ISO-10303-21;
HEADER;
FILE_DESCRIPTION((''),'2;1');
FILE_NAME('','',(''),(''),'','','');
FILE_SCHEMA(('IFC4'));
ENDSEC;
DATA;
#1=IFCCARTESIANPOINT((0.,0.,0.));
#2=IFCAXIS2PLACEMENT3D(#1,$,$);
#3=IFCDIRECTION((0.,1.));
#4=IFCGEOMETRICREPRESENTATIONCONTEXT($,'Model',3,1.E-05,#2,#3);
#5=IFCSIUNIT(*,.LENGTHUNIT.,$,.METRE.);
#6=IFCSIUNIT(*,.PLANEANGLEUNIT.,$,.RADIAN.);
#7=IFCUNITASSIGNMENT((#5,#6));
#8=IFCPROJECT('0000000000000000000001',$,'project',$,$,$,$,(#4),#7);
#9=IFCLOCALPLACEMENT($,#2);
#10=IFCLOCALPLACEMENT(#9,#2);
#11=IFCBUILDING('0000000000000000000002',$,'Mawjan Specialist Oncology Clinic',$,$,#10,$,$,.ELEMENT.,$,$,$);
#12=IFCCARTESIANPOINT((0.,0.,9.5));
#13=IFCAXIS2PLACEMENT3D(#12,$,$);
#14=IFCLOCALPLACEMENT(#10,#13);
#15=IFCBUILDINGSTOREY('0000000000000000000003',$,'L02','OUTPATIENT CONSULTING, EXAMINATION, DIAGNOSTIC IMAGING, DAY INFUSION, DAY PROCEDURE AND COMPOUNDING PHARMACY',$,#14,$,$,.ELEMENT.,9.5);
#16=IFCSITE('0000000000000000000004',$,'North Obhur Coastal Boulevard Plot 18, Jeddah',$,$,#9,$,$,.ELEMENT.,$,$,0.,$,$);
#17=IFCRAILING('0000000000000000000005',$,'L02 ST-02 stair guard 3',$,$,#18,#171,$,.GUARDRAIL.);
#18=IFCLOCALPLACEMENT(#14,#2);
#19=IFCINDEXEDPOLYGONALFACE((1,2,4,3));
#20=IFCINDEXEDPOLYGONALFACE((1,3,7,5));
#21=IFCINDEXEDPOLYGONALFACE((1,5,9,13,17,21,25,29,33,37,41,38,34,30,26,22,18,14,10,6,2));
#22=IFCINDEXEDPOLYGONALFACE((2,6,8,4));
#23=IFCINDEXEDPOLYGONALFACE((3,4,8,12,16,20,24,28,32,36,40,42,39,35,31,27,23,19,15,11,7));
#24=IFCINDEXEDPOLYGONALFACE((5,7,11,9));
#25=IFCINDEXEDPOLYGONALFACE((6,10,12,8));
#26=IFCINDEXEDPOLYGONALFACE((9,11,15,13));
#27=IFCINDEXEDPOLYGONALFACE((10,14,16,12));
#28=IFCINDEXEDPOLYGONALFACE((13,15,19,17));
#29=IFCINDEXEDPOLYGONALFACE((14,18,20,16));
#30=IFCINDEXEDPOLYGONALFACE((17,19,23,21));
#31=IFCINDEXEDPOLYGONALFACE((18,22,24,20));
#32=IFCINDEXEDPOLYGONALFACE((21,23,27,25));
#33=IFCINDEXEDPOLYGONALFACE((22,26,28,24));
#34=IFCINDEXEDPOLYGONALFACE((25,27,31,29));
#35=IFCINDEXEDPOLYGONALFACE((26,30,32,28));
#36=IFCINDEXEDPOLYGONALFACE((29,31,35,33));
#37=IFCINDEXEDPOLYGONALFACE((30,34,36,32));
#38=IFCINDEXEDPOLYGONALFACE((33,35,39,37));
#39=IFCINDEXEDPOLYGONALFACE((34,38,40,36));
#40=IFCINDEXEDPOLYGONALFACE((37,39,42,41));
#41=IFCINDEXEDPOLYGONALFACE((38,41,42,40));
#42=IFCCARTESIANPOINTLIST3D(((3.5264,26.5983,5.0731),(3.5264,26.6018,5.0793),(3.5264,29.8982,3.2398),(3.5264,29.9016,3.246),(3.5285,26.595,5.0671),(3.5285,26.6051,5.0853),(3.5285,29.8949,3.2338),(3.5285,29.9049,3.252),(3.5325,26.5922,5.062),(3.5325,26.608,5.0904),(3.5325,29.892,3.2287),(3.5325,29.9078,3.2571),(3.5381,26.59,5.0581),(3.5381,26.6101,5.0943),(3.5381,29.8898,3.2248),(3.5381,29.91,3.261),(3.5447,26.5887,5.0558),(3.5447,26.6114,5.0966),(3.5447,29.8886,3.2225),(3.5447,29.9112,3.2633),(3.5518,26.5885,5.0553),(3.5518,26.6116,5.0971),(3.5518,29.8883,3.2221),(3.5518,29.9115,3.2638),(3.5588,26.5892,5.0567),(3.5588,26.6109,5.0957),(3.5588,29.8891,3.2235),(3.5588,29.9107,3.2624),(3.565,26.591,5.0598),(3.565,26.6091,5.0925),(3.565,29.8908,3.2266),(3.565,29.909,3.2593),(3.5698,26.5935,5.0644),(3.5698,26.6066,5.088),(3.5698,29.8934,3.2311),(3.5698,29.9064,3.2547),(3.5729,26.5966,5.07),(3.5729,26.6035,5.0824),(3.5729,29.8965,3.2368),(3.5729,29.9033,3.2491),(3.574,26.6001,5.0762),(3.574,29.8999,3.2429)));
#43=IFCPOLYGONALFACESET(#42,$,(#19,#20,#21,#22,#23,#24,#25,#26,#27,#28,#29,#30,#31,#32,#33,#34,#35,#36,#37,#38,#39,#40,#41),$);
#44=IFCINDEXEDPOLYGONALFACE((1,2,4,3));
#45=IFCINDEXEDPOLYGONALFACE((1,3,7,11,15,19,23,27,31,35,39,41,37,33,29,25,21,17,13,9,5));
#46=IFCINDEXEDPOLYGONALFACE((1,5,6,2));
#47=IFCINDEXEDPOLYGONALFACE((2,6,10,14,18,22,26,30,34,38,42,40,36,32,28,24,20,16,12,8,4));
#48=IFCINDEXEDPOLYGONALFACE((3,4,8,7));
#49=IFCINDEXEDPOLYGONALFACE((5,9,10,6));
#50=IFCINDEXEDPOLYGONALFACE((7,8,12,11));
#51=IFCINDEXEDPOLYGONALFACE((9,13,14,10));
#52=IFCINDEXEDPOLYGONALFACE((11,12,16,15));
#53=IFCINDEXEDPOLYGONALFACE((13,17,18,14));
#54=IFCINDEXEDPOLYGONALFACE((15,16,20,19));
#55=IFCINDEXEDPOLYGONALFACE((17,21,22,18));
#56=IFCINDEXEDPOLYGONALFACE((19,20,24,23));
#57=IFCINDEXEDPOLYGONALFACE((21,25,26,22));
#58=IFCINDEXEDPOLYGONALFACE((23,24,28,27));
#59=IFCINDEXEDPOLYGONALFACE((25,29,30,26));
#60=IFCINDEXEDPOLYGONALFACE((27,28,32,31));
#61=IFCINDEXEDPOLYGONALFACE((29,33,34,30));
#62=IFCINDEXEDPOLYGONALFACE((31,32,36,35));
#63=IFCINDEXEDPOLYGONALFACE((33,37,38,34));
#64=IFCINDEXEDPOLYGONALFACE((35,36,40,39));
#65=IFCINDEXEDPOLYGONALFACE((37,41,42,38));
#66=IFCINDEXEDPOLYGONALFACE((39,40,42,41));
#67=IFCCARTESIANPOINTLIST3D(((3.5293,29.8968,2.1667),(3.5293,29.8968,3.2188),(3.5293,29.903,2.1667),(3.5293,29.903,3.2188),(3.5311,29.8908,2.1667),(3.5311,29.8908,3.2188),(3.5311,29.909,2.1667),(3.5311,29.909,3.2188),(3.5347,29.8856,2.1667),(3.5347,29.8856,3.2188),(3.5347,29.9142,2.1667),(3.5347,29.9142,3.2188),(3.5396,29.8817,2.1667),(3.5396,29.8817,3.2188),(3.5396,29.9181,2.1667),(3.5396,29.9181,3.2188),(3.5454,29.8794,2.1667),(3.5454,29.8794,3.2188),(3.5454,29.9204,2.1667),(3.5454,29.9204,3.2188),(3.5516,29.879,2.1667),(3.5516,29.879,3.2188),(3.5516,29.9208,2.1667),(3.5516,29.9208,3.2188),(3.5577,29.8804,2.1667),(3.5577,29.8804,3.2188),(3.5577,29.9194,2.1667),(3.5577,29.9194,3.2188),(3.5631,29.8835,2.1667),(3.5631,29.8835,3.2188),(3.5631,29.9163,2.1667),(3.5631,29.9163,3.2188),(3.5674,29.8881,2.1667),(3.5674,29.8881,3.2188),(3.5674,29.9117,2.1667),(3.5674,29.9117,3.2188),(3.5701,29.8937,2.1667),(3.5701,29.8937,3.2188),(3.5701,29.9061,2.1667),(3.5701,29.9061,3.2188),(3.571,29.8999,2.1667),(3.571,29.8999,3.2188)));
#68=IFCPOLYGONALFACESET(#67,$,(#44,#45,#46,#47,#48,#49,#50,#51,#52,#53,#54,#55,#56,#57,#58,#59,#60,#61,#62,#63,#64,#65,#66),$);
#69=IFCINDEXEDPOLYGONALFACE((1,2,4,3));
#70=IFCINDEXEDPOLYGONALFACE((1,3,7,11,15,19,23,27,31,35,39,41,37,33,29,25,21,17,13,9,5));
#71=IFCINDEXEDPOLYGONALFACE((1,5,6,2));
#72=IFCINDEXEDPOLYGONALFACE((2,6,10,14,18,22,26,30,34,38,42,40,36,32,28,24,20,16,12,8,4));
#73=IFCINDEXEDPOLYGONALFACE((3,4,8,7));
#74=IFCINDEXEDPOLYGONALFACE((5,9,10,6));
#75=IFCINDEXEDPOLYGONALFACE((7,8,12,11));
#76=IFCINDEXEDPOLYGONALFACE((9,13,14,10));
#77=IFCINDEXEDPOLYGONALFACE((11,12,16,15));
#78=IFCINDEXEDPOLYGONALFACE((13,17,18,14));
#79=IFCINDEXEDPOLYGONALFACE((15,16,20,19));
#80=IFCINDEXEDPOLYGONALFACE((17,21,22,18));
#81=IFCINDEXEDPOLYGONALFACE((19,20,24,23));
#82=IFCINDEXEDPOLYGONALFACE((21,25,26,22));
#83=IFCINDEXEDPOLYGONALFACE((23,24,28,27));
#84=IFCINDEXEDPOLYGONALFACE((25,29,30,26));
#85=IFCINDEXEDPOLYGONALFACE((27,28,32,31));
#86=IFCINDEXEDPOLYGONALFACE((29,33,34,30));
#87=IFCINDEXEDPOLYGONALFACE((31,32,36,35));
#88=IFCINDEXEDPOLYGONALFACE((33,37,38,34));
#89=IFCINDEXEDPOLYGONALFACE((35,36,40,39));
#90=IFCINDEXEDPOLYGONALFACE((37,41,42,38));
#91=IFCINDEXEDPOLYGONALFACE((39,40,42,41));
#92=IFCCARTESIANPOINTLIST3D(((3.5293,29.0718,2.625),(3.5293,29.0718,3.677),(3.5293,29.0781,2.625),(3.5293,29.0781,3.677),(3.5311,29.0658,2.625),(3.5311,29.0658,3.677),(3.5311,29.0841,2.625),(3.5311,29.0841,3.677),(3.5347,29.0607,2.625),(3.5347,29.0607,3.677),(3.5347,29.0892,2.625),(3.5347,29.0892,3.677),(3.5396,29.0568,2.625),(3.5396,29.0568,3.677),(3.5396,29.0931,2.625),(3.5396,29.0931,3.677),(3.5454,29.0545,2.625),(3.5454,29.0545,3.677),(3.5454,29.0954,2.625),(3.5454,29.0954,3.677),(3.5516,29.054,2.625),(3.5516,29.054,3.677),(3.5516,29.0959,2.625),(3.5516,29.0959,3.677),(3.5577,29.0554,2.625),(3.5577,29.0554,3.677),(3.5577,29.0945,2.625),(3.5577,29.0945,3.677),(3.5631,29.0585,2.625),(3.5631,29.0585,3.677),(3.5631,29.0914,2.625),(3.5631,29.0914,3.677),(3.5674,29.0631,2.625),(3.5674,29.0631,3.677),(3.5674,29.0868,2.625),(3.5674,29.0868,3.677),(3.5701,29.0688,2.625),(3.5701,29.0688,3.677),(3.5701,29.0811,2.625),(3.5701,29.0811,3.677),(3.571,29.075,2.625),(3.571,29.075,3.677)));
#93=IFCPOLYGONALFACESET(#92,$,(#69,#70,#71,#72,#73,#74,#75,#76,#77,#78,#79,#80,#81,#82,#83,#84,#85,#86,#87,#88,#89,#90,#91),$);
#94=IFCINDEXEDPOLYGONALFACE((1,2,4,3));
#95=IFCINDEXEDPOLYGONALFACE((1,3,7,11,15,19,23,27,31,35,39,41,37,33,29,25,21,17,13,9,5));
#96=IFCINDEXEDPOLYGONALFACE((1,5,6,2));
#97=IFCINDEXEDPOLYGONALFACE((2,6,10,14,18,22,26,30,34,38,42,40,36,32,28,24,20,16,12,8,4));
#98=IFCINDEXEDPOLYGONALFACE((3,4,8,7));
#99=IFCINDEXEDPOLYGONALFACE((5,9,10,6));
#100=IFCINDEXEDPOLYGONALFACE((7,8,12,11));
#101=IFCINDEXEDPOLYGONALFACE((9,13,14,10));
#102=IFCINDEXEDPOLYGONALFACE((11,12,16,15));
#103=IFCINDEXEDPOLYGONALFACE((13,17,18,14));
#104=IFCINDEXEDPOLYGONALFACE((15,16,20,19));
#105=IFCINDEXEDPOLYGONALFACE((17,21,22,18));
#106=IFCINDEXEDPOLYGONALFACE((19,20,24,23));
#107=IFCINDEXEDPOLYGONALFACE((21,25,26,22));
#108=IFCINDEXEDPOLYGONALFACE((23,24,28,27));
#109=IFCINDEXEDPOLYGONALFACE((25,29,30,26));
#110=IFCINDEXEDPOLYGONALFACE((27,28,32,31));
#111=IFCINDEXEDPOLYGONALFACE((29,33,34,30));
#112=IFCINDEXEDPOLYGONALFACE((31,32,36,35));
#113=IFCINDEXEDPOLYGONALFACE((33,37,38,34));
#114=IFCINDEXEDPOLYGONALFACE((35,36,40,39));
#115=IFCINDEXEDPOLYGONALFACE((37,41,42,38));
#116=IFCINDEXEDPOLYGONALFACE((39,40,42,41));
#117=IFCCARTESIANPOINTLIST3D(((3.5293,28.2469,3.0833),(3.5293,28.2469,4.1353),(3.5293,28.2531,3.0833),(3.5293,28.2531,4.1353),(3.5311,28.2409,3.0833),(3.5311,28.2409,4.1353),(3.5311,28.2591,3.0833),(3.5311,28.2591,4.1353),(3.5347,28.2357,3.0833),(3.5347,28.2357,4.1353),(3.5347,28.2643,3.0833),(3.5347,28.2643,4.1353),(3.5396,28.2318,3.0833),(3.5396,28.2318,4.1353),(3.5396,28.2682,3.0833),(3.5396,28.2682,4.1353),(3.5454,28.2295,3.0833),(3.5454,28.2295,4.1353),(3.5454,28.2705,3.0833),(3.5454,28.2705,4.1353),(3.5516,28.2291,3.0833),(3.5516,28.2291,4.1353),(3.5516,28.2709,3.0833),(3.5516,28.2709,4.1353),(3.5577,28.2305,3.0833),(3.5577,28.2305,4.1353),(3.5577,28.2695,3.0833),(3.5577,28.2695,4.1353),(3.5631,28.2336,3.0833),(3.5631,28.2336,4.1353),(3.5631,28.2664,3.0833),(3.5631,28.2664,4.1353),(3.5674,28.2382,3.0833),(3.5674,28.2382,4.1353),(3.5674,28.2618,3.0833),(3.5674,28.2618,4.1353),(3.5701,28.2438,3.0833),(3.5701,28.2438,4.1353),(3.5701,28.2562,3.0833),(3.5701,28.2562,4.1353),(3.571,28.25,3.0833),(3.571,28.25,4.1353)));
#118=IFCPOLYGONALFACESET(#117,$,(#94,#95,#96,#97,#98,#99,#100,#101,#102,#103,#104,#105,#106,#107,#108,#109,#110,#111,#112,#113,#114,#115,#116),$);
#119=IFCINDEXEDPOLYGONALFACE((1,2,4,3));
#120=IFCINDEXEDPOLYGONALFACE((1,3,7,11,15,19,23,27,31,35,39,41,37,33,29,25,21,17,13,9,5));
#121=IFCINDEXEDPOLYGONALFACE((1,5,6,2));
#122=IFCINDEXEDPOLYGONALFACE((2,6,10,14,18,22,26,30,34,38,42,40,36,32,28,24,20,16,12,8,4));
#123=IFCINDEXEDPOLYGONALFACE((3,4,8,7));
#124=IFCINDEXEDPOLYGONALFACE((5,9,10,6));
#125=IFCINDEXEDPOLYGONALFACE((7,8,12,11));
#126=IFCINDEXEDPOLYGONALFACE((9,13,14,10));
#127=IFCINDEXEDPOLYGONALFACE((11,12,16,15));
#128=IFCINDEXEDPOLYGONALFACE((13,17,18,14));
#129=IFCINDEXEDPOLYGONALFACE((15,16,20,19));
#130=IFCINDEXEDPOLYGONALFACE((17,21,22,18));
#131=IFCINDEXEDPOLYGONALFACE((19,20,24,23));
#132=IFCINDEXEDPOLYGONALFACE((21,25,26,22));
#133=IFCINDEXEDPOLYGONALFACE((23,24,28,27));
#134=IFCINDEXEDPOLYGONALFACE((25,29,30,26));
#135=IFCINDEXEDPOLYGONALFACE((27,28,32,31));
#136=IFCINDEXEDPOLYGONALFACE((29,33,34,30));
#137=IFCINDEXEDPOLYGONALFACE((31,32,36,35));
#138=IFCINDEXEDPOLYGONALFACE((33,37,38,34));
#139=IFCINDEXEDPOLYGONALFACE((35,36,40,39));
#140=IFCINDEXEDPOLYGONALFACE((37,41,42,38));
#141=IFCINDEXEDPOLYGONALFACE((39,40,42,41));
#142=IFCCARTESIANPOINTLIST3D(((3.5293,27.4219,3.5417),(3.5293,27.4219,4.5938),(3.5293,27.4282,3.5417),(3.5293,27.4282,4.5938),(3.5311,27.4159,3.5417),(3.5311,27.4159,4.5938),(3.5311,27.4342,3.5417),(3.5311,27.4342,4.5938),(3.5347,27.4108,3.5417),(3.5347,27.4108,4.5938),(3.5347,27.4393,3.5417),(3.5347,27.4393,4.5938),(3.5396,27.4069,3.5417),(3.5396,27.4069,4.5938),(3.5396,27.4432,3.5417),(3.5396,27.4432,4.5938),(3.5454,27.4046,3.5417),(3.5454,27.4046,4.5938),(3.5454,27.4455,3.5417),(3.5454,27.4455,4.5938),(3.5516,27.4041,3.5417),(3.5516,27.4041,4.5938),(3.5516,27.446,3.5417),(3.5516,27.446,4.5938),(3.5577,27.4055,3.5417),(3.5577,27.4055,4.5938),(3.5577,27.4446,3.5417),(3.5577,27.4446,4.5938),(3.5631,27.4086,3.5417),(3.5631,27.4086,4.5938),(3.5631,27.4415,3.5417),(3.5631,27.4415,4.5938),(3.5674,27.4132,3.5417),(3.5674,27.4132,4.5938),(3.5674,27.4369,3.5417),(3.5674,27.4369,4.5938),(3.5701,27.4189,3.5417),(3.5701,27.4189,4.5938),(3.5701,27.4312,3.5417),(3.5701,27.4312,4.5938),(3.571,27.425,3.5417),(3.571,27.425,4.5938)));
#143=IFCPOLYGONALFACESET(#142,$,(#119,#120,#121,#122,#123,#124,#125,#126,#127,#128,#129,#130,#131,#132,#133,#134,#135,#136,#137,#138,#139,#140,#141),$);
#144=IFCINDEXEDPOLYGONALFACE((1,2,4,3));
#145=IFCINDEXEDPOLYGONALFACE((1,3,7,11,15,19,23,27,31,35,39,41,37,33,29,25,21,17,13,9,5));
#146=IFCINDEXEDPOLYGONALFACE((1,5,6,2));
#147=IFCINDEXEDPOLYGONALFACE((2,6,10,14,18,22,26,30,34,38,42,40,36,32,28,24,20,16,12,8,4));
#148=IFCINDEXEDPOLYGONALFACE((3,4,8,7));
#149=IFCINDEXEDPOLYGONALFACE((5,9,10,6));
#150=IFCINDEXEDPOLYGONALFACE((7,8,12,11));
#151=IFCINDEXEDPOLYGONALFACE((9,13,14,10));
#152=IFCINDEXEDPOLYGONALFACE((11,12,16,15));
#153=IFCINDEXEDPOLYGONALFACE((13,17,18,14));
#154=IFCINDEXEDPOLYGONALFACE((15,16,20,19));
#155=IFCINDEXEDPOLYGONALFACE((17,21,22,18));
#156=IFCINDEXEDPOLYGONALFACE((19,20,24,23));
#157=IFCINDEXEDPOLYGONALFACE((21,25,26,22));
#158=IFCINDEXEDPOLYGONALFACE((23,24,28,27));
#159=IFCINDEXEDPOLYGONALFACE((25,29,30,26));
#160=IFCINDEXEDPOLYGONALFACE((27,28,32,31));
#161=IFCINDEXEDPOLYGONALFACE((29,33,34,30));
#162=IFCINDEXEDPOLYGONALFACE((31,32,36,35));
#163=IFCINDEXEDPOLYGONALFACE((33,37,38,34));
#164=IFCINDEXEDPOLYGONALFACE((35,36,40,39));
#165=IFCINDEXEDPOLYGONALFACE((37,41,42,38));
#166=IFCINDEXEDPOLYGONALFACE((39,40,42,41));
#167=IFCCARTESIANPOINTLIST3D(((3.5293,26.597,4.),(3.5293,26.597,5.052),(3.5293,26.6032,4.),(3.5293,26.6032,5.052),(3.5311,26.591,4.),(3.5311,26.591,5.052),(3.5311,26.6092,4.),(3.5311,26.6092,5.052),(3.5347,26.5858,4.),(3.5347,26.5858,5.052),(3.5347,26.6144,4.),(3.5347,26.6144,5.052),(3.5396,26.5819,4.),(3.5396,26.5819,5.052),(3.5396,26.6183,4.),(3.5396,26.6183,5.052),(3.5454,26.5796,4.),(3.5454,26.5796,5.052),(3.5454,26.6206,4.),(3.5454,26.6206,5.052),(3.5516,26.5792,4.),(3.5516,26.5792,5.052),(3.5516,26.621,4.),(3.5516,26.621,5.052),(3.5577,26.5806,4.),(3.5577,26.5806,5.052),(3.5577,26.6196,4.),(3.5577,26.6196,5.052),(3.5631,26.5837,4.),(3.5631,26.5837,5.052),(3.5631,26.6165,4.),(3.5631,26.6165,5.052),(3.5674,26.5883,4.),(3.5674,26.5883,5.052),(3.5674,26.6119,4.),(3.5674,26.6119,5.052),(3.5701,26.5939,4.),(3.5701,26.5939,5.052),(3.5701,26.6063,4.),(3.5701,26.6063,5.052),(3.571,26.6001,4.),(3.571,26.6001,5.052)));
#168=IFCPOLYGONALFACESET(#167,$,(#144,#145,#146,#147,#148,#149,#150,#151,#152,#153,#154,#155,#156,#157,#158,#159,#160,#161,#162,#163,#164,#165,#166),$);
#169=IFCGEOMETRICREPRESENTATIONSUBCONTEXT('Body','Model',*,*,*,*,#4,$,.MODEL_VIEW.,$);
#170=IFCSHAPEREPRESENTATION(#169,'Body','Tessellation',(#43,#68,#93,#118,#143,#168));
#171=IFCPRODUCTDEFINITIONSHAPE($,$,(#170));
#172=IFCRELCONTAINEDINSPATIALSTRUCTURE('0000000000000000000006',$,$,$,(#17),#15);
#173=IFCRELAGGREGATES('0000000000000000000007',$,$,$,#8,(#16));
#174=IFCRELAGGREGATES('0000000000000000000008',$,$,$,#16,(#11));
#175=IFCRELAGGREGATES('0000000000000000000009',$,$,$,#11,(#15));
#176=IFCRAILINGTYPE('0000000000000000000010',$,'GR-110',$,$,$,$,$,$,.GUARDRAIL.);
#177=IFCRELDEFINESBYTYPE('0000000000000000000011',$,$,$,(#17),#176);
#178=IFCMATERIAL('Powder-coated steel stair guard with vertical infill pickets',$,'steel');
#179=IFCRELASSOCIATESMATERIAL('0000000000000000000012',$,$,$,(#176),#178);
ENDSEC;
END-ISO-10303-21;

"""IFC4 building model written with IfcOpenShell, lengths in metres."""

from ifc_helpers import new_model, si_unit, direction, frame, origin, origin_2d, place, context, subcontext, project, spatial, circle, extrude, material, type_object, element, save


model = new_model("IFC4")

# Units and contexts
model_context = context("Model", 3, precision=1e-05, world=origin(), true_north=direction((0.0, 1.0)))
body_context = subcontext(model_context, "Body", "Model", "MODEL_VIEW")
ifc_project = project(units=[si_unit("LENGTHUNIT", "METRE"), si_unit("PLANEANGLEUNIT", "RADIAN")], contexts=[model_context])

# Site, building, storey
site_placement = place(None, origin())
site = spatial("IfcSite", under=ifc_project, at=site_placement, Name="North Obhur Coastal Boulevard Plot 18, Jeddah", CompositionType="ELEMENT", RefElevation=0.0)
building_placement = place(site_placement, origin())
building = spatial("IfcBuilding", under=site, at=building_placement, Name="Mawjan Specialist Oncology Clinic", CompositionType="ELEMENT")
storey_placement = place(building_placement, frame((0.0, 0.0, 9.5)))
storey = spatial("IfcBuildingStorey", under=building, at=storey_placement, Name="L02", Description="OUTPATIENT CONSULTING, EXAMINATION, DIAGNOSTIC IMAGING, DAY INFUSION, DAY PROCEDURE AND COMPOUNDING PHARMACY", CompositionType="ELEMENT", Elevation=9.5)

# Railing
ifc_material_1 = material(Name="Powder-coated steel stair guard with vertical infill pickets", Category="steel")
railing_type_1 = type_object("IfcRailingType", Name="GR-110", PredefinedType="GUARDRAIL", material=ifc_material_1)
railing_1_placement = place(storey_placement, frame((3.55, 29.8999, 2.1667)))
element("IfcRailing", 1, at=railing_1_placement, inside=storey, type_object=railing_type_1, Name="L02 ST-02 stair guard 3", PredefinedType="GUARDRAIL", context=body_context, shape_type="SweptSolid", body=[
    extrude(circle(Radius=0.0239, at=origin_2d()), frame((0.0, 0.0, 1.0762), z_axis=(0.0, -0.874154, 0.485648), x_axis=(1.0, 0.0, 0.0)), (0.0, 0.0, 1.0), 3.7749),
    extrude(circle(Radius=0.021, at=origin_2d()), origin(), (0.0, 0.0, 1.0), 1.052),
    extrude(circle(Radius=0.021, at=origin_2d()), frame((0.0, -0.825, 0.4583)), (0.0, 0.0, 1.0), 1.052),
    extrude(circle(Radius=0.021, at=origin_2d()), frame((0.0, -1.6499, 0.9165)), (0.0, 0.0, 1.0), 1.052),
    extrude(circle(Radius=0.021, at=origin_2d()), frame((0.0, -2.4749, 1.375)), (0.0, 0.0, 1.0), 1.052),
    extrude(circle(Radius=0.021, at=origin_2d()), frame((0.0, -3.2998, 1.8333)), (0.0, 0.0, 1.0), 1.052),
])

save(model, "model.ifc")
